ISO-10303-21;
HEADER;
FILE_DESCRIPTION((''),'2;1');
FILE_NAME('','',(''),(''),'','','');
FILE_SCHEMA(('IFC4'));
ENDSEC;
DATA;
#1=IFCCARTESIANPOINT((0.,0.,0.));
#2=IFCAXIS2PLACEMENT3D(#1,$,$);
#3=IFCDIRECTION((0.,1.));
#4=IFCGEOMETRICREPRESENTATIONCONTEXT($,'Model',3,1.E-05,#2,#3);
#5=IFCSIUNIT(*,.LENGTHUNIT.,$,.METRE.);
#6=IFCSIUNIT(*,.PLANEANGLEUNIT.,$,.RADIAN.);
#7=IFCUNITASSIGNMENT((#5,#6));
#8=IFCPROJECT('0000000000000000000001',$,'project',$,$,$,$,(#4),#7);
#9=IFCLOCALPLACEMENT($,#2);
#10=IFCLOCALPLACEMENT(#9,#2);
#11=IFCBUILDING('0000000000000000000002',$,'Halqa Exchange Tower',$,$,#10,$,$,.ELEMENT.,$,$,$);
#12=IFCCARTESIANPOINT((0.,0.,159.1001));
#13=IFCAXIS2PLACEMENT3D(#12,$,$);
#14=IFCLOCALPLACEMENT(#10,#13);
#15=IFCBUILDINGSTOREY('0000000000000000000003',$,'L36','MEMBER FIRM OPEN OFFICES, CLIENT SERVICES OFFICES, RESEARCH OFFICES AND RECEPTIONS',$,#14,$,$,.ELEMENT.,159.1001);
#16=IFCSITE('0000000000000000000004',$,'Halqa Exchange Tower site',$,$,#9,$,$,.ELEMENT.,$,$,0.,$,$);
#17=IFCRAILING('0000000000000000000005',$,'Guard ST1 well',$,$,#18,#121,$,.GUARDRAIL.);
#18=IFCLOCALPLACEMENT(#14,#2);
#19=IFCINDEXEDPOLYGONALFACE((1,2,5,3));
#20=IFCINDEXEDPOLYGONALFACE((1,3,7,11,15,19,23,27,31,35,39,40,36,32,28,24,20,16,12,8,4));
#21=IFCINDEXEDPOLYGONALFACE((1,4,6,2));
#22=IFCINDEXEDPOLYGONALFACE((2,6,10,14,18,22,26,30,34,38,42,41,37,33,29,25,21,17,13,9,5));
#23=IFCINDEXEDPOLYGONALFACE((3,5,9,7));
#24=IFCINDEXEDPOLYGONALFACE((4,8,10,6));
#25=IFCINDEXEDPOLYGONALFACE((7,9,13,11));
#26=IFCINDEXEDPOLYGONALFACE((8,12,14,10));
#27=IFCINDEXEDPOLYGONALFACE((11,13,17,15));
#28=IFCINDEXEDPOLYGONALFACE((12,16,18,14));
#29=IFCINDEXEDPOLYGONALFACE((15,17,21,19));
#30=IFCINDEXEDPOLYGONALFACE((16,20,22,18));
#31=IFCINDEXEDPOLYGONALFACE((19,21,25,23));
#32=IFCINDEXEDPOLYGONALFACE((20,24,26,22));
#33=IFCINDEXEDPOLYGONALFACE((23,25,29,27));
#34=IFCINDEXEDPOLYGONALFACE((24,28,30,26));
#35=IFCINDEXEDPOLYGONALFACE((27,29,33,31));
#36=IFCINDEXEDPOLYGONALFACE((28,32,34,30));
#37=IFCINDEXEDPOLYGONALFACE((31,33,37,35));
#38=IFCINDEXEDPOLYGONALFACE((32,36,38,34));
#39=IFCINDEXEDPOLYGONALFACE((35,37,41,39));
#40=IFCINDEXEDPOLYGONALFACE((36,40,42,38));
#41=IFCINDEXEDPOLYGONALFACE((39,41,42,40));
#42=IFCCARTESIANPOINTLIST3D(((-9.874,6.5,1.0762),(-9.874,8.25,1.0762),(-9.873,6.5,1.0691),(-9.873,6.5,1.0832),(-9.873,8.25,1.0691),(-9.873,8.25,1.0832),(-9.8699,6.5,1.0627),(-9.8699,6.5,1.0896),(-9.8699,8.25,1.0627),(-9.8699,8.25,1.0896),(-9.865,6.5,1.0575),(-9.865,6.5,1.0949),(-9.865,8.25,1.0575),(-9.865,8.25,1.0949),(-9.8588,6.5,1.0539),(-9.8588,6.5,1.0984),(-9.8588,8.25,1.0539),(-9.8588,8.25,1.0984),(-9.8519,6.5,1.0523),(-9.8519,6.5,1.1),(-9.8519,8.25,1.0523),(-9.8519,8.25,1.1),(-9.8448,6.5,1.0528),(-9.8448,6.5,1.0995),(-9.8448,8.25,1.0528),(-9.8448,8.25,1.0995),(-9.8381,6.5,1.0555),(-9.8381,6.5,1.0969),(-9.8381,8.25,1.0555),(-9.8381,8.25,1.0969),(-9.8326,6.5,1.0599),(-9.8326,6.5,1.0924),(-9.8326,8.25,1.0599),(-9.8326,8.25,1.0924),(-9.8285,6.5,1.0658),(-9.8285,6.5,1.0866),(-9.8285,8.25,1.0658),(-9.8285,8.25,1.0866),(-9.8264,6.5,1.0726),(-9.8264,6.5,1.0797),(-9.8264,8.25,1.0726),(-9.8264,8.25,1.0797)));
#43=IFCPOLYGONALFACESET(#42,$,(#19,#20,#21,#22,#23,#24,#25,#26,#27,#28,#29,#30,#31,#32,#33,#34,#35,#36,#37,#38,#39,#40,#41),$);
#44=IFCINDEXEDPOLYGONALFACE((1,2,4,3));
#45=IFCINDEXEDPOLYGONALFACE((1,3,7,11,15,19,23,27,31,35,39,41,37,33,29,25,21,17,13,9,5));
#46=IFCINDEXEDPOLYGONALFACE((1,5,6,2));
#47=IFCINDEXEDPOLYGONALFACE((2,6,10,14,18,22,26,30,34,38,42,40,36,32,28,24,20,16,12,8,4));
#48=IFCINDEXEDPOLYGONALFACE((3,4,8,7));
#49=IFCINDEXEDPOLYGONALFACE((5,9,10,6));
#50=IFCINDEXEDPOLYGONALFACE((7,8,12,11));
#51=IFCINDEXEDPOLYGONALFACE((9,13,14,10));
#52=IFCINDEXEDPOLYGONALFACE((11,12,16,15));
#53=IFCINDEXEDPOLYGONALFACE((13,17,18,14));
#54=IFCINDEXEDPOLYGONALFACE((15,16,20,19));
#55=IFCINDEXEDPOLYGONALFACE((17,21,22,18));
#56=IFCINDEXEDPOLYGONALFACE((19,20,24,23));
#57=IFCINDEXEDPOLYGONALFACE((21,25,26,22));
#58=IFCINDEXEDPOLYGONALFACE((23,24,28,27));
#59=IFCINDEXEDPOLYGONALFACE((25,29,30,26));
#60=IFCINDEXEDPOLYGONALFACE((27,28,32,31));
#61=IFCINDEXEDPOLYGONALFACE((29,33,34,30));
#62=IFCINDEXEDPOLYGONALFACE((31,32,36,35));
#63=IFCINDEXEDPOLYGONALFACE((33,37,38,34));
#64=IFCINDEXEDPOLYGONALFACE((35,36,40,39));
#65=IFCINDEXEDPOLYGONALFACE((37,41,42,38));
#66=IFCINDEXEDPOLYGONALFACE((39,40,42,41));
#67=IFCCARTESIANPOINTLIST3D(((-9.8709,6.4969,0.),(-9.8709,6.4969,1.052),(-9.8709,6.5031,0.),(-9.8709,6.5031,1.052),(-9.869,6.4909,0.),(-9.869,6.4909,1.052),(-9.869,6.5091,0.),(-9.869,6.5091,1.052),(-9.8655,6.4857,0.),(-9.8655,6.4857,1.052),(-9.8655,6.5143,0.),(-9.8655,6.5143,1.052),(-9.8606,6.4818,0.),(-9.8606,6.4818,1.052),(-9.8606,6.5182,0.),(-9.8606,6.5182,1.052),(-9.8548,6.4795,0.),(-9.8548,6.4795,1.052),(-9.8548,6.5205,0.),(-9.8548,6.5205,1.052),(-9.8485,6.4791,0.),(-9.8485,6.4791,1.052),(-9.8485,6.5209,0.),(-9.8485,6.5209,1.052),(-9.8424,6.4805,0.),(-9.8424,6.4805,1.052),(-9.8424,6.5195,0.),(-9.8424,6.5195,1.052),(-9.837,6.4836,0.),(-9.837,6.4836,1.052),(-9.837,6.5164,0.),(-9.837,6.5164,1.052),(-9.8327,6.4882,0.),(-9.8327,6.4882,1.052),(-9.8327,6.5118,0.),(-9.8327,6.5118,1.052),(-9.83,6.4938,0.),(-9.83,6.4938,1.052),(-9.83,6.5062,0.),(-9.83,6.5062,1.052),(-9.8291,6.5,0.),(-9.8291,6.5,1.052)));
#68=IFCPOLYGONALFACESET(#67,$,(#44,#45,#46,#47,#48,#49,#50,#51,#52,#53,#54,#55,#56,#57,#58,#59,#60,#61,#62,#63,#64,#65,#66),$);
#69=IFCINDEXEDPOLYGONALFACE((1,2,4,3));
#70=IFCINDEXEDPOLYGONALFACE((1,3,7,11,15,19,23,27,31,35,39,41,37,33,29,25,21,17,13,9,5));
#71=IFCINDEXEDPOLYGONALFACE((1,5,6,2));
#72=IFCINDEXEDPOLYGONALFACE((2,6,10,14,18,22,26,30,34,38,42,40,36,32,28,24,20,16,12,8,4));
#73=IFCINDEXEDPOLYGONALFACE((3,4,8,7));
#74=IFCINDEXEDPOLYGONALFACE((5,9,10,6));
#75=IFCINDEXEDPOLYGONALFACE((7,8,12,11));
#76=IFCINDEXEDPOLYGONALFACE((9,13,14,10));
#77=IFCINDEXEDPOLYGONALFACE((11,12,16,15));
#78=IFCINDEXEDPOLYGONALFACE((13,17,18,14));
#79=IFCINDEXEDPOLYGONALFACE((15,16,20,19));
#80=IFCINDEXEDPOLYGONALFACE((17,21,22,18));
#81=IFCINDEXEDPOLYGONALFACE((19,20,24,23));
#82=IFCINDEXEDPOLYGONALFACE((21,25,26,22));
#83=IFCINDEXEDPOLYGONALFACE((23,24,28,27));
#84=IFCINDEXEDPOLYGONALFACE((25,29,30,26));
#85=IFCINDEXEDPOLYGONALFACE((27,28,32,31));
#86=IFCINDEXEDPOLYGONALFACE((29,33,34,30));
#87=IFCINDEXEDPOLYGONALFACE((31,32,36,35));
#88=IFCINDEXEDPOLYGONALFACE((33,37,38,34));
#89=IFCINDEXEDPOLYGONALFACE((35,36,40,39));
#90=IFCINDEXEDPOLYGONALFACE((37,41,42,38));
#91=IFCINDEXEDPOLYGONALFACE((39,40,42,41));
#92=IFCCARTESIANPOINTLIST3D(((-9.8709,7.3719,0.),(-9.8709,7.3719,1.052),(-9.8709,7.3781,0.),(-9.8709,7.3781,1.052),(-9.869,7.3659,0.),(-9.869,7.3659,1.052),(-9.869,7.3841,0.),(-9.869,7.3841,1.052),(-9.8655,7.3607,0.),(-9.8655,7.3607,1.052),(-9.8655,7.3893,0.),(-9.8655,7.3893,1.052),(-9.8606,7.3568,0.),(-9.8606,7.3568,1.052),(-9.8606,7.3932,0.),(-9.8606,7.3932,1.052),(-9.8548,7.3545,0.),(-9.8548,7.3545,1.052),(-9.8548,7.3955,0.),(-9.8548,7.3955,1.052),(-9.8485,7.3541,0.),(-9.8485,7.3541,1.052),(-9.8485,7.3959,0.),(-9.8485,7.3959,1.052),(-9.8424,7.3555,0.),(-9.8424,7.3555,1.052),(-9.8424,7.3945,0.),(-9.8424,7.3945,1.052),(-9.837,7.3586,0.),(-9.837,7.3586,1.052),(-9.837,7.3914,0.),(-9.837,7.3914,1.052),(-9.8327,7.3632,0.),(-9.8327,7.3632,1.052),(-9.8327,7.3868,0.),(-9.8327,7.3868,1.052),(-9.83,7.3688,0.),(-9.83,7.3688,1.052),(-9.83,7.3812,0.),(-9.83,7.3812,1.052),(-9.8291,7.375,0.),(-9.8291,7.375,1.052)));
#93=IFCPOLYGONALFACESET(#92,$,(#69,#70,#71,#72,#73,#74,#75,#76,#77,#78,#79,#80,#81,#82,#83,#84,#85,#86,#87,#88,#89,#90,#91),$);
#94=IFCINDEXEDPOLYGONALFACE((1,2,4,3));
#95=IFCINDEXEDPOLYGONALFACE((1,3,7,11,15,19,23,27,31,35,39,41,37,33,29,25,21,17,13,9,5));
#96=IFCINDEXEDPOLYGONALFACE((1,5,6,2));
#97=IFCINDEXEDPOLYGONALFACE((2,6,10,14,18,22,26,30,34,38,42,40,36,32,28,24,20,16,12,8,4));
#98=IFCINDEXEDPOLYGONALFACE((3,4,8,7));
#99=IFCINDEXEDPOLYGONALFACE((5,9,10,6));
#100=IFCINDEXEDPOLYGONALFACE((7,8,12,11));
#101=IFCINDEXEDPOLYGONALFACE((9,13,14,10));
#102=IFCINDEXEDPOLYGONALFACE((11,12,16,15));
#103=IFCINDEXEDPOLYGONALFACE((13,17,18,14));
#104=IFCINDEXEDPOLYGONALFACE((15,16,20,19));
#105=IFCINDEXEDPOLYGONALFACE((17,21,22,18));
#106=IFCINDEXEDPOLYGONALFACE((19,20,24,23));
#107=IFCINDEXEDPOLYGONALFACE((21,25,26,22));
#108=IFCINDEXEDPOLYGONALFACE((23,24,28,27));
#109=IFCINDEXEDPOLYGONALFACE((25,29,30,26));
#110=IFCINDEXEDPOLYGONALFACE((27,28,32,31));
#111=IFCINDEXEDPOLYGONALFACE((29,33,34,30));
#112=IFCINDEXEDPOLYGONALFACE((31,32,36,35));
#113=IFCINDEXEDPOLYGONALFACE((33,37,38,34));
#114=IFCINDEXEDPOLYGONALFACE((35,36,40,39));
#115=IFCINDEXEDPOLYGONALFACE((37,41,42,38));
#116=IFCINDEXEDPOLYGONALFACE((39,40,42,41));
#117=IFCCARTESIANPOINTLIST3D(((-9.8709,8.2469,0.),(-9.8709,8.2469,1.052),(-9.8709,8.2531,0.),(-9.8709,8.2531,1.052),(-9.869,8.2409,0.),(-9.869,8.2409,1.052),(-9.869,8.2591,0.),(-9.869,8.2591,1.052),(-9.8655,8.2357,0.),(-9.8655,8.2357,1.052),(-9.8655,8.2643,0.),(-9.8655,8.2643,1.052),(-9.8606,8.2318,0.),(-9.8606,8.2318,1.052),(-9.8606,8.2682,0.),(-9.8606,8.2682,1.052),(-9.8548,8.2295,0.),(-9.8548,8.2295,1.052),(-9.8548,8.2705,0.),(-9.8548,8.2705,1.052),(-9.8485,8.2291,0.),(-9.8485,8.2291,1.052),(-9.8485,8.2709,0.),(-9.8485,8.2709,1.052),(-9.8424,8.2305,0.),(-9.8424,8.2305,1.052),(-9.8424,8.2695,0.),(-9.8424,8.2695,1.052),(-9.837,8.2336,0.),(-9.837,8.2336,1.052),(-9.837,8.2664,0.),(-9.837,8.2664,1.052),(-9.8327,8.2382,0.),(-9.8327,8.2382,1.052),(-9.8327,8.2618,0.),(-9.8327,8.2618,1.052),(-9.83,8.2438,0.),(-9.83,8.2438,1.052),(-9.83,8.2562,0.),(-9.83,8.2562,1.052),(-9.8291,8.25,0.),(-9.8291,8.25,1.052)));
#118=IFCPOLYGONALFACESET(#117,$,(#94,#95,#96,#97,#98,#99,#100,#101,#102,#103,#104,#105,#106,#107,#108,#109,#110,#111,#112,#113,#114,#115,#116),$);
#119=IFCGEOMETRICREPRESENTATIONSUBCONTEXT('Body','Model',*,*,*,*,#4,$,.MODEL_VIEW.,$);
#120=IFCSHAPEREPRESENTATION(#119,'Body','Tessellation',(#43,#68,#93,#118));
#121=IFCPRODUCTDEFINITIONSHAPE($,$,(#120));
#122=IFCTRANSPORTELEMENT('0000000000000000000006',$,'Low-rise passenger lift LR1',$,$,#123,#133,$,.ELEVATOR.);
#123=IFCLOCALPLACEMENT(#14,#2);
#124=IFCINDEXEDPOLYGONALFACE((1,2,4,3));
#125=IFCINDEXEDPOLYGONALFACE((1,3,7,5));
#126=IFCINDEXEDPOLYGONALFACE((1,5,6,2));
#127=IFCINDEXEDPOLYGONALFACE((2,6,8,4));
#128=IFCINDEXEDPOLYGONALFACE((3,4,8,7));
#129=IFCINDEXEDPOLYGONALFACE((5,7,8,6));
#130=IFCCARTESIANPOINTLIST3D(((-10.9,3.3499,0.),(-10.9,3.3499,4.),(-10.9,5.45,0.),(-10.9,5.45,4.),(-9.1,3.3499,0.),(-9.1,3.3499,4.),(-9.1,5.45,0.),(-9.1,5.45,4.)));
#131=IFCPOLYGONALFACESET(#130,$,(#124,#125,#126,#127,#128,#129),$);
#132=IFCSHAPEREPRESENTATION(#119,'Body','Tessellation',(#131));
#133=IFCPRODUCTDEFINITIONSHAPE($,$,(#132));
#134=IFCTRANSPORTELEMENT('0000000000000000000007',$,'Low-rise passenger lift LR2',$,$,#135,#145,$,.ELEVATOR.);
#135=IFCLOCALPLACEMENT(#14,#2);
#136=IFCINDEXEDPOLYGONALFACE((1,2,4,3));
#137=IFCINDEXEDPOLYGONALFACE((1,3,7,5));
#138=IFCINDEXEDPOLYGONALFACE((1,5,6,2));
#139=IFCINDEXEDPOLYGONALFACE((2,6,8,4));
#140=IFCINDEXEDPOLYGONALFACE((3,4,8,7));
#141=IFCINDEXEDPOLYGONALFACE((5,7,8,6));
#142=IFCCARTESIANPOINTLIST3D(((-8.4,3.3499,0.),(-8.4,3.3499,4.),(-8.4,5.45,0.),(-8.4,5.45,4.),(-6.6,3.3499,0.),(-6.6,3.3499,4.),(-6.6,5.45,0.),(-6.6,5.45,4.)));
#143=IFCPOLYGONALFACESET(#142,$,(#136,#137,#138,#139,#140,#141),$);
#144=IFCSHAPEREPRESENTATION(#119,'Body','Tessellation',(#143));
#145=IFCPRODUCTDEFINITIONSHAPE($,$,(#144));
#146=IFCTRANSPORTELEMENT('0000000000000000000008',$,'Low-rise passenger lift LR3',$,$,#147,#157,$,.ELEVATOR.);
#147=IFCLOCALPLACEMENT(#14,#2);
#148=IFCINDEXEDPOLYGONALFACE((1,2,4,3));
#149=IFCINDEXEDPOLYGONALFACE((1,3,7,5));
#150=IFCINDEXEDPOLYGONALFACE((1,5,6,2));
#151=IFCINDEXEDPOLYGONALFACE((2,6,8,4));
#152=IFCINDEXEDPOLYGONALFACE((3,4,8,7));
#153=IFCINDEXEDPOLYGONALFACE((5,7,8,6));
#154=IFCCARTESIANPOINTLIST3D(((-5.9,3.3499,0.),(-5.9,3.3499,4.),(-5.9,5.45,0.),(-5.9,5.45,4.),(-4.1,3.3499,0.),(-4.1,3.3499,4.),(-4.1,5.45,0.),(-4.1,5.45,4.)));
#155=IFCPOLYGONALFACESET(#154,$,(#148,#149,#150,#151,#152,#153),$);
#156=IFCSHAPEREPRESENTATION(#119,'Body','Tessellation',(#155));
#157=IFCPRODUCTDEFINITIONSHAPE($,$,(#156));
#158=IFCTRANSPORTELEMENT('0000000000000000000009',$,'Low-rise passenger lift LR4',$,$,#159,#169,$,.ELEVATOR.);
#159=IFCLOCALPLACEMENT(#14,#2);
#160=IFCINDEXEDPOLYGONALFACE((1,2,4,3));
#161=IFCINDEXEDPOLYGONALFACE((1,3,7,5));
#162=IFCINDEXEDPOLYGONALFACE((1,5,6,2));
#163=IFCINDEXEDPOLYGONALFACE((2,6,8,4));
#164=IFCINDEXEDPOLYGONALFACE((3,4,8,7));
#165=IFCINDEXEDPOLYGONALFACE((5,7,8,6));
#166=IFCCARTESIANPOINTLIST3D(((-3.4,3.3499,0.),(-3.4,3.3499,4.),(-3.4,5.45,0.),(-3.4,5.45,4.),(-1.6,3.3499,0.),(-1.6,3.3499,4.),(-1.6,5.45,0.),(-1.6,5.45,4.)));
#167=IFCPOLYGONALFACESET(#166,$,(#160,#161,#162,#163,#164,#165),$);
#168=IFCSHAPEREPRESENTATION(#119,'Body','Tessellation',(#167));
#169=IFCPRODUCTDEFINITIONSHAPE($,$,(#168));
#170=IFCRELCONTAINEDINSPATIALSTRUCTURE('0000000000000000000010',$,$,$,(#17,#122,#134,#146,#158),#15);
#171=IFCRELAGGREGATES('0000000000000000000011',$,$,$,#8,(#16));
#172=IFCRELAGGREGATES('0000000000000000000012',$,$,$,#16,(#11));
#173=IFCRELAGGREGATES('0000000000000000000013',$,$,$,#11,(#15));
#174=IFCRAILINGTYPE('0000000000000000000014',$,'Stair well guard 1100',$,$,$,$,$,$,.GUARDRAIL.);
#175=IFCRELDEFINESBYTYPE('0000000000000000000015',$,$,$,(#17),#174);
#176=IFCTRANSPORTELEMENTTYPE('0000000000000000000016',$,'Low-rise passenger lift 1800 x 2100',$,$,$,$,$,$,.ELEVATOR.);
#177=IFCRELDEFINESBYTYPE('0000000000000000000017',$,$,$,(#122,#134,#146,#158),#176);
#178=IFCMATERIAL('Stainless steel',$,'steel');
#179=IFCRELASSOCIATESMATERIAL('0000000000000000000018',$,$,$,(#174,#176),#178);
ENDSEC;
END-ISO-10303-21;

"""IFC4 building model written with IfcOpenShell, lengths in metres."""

from ifc_helpers import new_model, si_unit, direction, frame, origin, origin_2d, place, context, subcontext, project, spatial, rectangle, circle, extrude, material, type_object, element, save


model = new_model("IFC4")

# Units and contexts
model_context = context("Model", 3, precision=1e-05, world=origin(), true_north=direction((0.0, 1.0)))
body_context = subcontext(model_context, "Body", "Model", "MODEL_VIEW")
ifc_project = project(units=[si_unit("LENGTHUNIT", "METRE"), si_unit("PLANEANGLEUNIT", "RADIAN")], contexts=[model_context])

# Site, building, storey
site_placement = place(None, origin())
site = spatial("IfcSite", under=ifc_project, at=site_placement, Name="Halqa Exchange Tower site", CompositionType="ELEMENT", RefElevation=0.0)
building_placement = place(site_placement, origin())
building = spatial("IfcBuilding", under=site, at=building_placement, Name="Halqa Exchange Tower", CompositionType="ELEMENT")
storey_placement = place(building_placement, frame((0.0, 0.0, 159.1001)))
storey = spatial("IfcBuildingStorey", under=building, at=storey_placement, Name="L36", Description="MEMBER FIRM OPEN OFFICES, CLIENT SERVICES OFFICES, RESEARCH OFFICES AND RECEPTIONS", CompositionType="ELEMENT", Elevation=159.1001)

# Shared definitions
ifc_material_1 = material(Name="Stainless steel", Category="steel")

# Railing
railing_type_1 = type_object("IfcRailingType", Name="Stair well guard 1100", PredefinedType="GUARDRAIL", material=ifc_material_1)
railing_1_placement = place(storey_placement, frame((-9.8501, 6.5, 0.0)))
element("IfcRailing", 1, at=railing_1_placement, inside=storey, type_object=railing_type_1, Name="Guard ST1 well", PredefinedType="GUARDRAIL", context=body_context, shape_type="SweptSolid", body=[
    extrude(circle(Radius=0.0239, at=origin_2d()), frame((0.0, 0.0, 1.0762), z_axis=(0.0, 1.0, 0.0), x_axis=(-1.0, 0.0, 0.0)), (0.0, 0.0, 1.0), 1.75),
    extrude(circle(Radius=0.021, at=origin_2d()), origin(), (0.0, 0.0, 1.0), 1.052),
    extrude(circle(Radius=0.021, at=origin_2d()), frame((0.0, 0.875, 0.0)), (0.0, 0.0, 1.0), 1.052),
    extrude(circle(Radius=0.021, at=origin_2d()), frame((0.0, 1.75, 0.0)), (0.0, 0.0, 1.0), 1.052),
])

# Transport elements
transport_element_type = type_object("IfcTransportElementType", Name="Low-rise passenger lift 1800 x 2100", PredefinedType="ELEVATOR", material=ifc_material_1)
for number, where, z_axis, x_axis, name in (
    (2, (-10.0, 4.3999, 0.0), (0.0, 0.0, 1.0), (1.0, 0.0, 0.0), "Low-rise passenger lift LR1"),
    (3, (-7.5, 4.3999, 0.0), (0.0, 0.0, 1.0), (1.0, 0.0, 0.0), "Low-rise passenger lift LR2"),
    (4, (-5.0, 4.3999, 0.0), (0.0, 0.0, 1.0), (1.0, 0.0, 0.0), "Low-rise passenger lift LR3"),
    (5, (-2.5, 4.3999, 0.0), (0.0, 0.0, 1.0), (1.0, 0.0, 0.0), "Low-rise passenger lift LR4"),
):
    element("IfcTransportElement", number, at=place(storey_placement, frame(where, z_axis=z_axis, x_axis=x_axis)), inside=storey, type_object=transport_element_type, Name=name, PredefinedType="ELEVATOR", context=body_context, shape_type="SweptSolid", body=[
        extrude(rectangle(XDim=1.8, YDim=2.1001, at=origin_2d()), origin(), (0.0, 0.0, 1.0), 4.0),
    ])

save(model, "model.ifc")
